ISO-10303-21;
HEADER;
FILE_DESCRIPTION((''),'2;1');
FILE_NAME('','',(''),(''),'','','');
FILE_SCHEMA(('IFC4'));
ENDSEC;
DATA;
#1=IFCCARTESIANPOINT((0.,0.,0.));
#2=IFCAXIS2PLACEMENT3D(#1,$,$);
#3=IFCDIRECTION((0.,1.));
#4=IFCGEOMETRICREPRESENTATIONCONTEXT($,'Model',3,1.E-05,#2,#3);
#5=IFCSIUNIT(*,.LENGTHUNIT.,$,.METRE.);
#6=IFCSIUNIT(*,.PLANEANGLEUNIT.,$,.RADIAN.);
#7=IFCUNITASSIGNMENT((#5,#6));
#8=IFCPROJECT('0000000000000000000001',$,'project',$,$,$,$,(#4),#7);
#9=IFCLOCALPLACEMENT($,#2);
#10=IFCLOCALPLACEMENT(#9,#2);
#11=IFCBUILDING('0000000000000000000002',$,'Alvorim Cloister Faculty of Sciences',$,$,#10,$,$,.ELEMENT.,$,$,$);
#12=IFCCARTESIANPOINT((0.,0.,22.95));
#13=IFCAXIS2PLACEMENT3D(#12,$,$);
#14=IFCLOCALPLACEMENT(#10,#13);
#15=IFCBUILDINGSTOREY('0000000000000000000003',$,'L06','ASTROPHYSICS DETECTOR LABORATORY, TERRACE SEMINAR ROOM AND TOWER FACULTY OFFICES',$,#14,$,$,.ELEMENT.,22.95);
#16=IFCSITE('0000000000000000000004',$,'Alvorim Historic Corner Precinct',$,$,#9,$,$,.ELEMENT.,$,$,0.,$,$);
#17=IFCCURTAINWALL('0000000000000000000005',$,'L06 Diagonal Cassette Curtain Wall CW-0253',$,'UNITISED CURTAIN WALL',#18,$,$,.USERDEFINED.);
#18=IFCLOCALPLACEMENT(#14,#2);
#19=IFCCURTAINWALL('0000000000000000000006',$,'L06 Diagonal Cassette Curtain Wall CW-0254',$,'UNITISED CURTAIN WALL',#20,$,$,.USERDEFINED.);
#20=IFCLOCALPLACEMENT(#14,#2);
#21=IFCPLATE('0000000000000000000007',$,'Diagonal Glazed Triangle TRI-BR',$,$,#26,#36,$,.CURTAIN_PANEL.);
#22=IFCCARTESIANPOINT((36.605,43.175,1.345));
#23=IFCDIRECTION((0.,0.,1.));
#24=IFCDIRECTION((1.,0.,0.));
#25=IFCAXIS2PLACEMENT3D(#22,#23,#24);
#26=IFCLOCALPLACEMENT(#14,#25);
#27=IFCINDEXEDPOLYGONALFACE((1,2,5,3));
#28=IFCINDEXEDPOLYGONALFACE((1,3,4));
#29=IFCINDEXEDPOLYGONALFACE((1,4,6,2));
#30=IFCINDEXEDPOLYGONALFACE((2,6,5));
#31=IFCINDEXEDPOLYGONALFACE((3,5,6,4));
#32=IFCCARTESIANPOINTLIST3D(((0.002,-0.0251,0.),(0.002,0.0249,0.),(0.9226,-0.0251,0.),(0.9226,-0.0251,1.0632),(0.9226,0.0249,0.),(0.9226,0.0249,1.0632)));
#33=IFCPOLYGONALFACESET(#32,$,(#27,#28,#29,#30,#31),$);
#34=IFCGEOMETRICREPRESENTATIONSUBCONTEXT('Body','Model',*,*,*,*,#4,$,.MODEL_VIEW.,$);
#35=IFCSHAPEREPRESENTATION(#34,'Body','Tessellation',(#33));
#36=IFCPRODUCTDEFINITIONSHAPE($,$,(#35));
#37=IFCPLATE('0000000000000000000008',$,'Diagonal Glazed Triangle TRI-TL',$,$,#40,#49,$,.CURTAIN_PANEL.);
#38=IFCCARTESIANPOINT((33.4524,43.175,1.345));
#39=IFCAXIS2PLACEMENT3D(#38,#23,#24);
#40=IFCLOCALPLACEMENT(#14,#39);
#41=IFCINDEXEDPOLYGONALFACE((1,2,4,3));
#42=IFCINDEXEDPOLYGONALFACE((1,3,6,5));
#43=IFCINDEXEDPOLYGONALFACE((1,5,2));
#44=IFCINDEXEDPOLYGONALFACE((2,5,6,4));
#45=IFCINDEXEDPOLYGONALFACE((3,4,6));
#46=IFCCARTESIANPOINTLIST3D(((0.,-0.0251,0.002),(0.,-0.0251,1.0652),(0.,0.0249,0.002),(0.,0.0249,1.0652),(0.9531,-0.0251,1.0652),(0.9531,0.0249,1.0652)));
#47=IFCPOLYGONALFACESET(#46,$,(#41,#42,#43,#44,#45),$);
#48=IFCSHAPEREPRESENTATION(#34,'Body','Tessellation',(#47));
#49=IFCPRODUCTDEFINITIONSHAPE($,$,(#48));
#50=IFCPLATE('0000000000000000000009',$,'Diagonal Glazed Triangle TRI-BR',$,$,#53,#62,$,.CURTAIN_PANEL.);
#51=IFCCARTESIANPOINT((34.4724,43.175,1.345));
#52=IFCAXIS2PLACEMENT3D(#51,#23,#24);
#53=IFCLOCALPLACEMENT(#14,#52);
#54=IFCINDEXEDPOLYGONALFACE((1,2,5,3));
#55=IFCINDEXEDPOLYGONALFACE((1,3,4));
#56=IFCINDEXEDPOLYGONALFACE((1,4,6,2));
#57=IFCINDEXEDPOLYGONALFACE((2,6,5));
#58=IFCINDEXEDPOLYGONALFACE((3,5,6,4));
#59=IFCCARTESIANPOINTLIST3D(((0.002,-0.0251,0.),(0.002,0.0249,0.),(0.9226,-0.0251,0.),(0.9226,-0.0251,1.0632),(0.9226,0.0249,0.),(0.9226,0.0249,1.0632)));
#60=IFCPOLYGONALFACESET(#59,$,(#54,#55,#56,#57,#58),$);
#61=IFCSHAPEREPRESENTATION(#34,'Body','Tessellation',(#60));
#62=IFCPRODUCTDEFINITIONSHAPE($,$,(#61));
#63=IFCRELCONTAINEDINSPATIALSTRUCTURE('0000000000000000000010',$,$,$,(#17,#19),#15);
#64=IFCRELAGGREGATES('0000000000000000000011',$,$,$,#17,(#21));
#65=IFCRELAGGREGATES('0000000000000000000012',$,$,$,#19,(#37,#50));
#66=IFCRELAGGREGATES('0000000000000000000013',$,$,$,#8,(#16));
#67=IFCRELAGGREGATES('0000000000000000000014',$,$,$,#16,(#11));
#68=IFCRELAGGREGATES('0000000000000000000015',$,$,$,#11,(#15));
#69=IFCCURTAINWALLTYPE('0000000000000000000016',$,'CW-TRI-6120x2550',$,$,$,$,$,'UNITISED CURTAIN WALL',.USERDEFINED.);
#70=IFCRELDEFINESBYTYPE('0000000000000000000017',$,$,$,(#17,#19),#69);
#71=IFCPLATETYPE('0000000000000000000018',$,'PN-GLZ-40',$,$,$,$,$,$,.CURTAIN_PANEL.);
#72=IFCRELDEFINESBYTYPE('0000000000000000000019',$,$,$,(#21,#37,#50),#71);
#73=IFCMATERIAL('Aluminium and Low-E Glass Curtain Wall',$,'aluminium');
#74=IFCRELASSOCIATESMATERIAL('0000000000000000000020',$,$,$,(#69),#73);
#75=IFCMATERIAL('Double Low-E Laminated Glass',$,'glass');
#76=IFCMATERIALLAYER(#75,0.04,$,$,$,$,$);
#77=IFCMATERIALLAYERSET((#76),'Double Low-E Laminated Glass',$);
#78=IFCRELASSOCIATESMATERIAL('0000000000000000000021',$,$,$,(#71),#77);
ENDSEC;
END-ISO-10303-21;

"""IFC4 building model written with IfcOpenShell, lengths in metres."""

from ifc_helpers import new_model, si_unit, direction, frame, origin, place, context, subcontext, project, spatial, polyline, outline, extrude, material, layer, layer_set, type_object, element, aggregate, save


model = new_model("IFC4")

# Units and contexts
model_context = context("Model", 3, precision=1e-05, world=origin(), true_north=direction((0.0, 1.0)))
body_context = subcontext(model_context, "Body", "Model", "MODEL_VIEW")
ifc_project = project(units=[si_unit("LENGTHUNIT", "METRE"), si_unit("PLANEANGLEUNIT", "RADIAN")], contexts=[model_context])

# Site, building, storey
site_placement = place(None, origin())
site = spatial("IfcSite", under=ifc_project, at=site_placement, Name="Alvorim Historic Corner Precinct", CompositionType="ELEMENT", RefElevation=0.0)
building_placement = place(site_placement, origin())
building = spatial("IfcBuilding", under=site, at=building_placement, Name="Alvorim Cloister Faculty of Sciences", CompositionType="ELEMENT")
storey_placement = place(building_placement, frame((0.0, 0.0, 22.95)))
storey = spatial("IfcBuildingStorey", under=building, at=storey_placement, Name="L06", Description="ASTROPHYSICS DETECTOR LABORATORY, TERRACE SEMINAR ROOM AND TOWER FACULTY OFFICES", CompositionType="ELEMENT", Elevation=22.95)

# Curtain wall
ifc_material_1 = material(Name="Aluminium and Low-E Glass Curtain Wall", Category="aluminium")
curtain_wall_type = type_object("IfcCurtainWallType", Name="CW-TRI-6120x2550", ElementType="UNITISED CURTAIN WALL", PredefinedType="USERDEFINED", material=ifc_material_1)
curtain_wall_1_placement = place(storey_placement, origin())
curtain_wall_1 = element("IfcCurtainWall", 1, at=curtain_wall_1_placement, inside=storey, type_object=curtain_wall_type, Name="L06 Diagonal Cassette Curtain Wall CW-0253", ObjectType="UNITISED CURTAIN WALL", PredefinedType="USERDEFINED")

# Curtain wall
curtain_wall_2_placement = place(storey_placement, origin())
curtain_wall_2 = element("IfcCurtainWall", 2, at=curtain_wall_2_placement, inside=storey, type_object=curtain_wall_type, Name="L06 Diagonal Cassette Curtain Wall CW-0254", ObjectType="UNITISED CURTAIN WALL", PredefinedType="USERDEFINED")

# Plates
ifc_material_2 = material(Name="Double Low-E Laminated Glass", Category="glass")
ifc_layer_1 = layer(ifc_material_2, 0.04)
ifc_layer_set_1 = layer_set([ifc_layer_1], Name="Double Low-E Laminated Glass")
plate_type = type_object("IfcPlateType", Name="PN-GLZ-40", PredefinedType="CURTAIN_PANEL", material=ifc_layer_set_1)
plate_1_placement = place(storey_placement, frame((36.605, 43.175, 1.345), z_axis=(0.0, 0.0, 1.0), x_axis=(1.0, 0.0, 0.0)))
plate_1 = element("IfcPlate", 3, at=plate_1_placement, type_object=plate_type, Name="Diagonal Glazed Triangle TRI-BR", PredefinedType="CURTAIN_PANEL", context=body_context, shape_type="SweptSolid", body=[
    extrude(outline(polyline([(0.002, 0.0), (0.9226, 0.0), (0.9226, 1.0632), (0.002, 0.0)])), frame((0.0, 0.0249, 0.0), z_axis=(0.0, -1.0, 0.0), x_axis=(1.0, 0.0, 0.0)), (0.0, 0.0, 1.0), 0.05),
])
aggregate(curtain_wall_1, [plate_1])
plate_2_placement = place(storey_placement, frame((33.4524, 43.175, 1.345), z_axis=(0.0, 0.0, 1.0), x_axis=(1.0, 0.0, 0.0)))
plate_2 = element("IfcPlate", 4, at=plate_2_placement, type_object=plate_type, Name="Diagonal Glazed Triangle TRI-TL", PredefinedType="CURTAIN_PANEL", context=body_context, shape_type="SweptSolid", body=[
    extrude(outline(polyline([(0.9531, 1.0652), (0.0, 1.0652), (0.0, 0.002), (0.9531, 1.0652)])), frame((0.0, 0.0249, 0.0), z_axis=(0.0, -1.0, 0.0), x_axis=(1.0, 0.0, 0.0)), (0.0, 0.0, 1.0), 0.05),
])
plate_3_placement = place(storey_placement, frame((34.4724, 43.175, 1.345), z_axis=(0.0, 0.0, 1.0), x_axis=(1.0, 0.0, 0.0)))
plate_3 = element("IfcPlate", 5, at=plate_3_placement, type_object=plate_type, Name="Diagonal Glazed Triangle TRI-BR", PredefinedType="CURTAIN_PANEL", context=body_context, shape_type="SweptSolid", body=[
    extrude(outline(polyline([(0.002, 0.0), (0.9226, 0.0), (0.9226, 1.0632), (0.002, 0.0)])), frame((0.0, 0.0249, 0.0), z_axis=(0.0, -1.0, 0.0), x_axis=(1.0, 0.0, 0.0)), (0.0, 0.0, 1.0), 0.05),
])
aggregate(curtain_wall_2, [plate_2, plate_3])

save(model, "model.ifc")
